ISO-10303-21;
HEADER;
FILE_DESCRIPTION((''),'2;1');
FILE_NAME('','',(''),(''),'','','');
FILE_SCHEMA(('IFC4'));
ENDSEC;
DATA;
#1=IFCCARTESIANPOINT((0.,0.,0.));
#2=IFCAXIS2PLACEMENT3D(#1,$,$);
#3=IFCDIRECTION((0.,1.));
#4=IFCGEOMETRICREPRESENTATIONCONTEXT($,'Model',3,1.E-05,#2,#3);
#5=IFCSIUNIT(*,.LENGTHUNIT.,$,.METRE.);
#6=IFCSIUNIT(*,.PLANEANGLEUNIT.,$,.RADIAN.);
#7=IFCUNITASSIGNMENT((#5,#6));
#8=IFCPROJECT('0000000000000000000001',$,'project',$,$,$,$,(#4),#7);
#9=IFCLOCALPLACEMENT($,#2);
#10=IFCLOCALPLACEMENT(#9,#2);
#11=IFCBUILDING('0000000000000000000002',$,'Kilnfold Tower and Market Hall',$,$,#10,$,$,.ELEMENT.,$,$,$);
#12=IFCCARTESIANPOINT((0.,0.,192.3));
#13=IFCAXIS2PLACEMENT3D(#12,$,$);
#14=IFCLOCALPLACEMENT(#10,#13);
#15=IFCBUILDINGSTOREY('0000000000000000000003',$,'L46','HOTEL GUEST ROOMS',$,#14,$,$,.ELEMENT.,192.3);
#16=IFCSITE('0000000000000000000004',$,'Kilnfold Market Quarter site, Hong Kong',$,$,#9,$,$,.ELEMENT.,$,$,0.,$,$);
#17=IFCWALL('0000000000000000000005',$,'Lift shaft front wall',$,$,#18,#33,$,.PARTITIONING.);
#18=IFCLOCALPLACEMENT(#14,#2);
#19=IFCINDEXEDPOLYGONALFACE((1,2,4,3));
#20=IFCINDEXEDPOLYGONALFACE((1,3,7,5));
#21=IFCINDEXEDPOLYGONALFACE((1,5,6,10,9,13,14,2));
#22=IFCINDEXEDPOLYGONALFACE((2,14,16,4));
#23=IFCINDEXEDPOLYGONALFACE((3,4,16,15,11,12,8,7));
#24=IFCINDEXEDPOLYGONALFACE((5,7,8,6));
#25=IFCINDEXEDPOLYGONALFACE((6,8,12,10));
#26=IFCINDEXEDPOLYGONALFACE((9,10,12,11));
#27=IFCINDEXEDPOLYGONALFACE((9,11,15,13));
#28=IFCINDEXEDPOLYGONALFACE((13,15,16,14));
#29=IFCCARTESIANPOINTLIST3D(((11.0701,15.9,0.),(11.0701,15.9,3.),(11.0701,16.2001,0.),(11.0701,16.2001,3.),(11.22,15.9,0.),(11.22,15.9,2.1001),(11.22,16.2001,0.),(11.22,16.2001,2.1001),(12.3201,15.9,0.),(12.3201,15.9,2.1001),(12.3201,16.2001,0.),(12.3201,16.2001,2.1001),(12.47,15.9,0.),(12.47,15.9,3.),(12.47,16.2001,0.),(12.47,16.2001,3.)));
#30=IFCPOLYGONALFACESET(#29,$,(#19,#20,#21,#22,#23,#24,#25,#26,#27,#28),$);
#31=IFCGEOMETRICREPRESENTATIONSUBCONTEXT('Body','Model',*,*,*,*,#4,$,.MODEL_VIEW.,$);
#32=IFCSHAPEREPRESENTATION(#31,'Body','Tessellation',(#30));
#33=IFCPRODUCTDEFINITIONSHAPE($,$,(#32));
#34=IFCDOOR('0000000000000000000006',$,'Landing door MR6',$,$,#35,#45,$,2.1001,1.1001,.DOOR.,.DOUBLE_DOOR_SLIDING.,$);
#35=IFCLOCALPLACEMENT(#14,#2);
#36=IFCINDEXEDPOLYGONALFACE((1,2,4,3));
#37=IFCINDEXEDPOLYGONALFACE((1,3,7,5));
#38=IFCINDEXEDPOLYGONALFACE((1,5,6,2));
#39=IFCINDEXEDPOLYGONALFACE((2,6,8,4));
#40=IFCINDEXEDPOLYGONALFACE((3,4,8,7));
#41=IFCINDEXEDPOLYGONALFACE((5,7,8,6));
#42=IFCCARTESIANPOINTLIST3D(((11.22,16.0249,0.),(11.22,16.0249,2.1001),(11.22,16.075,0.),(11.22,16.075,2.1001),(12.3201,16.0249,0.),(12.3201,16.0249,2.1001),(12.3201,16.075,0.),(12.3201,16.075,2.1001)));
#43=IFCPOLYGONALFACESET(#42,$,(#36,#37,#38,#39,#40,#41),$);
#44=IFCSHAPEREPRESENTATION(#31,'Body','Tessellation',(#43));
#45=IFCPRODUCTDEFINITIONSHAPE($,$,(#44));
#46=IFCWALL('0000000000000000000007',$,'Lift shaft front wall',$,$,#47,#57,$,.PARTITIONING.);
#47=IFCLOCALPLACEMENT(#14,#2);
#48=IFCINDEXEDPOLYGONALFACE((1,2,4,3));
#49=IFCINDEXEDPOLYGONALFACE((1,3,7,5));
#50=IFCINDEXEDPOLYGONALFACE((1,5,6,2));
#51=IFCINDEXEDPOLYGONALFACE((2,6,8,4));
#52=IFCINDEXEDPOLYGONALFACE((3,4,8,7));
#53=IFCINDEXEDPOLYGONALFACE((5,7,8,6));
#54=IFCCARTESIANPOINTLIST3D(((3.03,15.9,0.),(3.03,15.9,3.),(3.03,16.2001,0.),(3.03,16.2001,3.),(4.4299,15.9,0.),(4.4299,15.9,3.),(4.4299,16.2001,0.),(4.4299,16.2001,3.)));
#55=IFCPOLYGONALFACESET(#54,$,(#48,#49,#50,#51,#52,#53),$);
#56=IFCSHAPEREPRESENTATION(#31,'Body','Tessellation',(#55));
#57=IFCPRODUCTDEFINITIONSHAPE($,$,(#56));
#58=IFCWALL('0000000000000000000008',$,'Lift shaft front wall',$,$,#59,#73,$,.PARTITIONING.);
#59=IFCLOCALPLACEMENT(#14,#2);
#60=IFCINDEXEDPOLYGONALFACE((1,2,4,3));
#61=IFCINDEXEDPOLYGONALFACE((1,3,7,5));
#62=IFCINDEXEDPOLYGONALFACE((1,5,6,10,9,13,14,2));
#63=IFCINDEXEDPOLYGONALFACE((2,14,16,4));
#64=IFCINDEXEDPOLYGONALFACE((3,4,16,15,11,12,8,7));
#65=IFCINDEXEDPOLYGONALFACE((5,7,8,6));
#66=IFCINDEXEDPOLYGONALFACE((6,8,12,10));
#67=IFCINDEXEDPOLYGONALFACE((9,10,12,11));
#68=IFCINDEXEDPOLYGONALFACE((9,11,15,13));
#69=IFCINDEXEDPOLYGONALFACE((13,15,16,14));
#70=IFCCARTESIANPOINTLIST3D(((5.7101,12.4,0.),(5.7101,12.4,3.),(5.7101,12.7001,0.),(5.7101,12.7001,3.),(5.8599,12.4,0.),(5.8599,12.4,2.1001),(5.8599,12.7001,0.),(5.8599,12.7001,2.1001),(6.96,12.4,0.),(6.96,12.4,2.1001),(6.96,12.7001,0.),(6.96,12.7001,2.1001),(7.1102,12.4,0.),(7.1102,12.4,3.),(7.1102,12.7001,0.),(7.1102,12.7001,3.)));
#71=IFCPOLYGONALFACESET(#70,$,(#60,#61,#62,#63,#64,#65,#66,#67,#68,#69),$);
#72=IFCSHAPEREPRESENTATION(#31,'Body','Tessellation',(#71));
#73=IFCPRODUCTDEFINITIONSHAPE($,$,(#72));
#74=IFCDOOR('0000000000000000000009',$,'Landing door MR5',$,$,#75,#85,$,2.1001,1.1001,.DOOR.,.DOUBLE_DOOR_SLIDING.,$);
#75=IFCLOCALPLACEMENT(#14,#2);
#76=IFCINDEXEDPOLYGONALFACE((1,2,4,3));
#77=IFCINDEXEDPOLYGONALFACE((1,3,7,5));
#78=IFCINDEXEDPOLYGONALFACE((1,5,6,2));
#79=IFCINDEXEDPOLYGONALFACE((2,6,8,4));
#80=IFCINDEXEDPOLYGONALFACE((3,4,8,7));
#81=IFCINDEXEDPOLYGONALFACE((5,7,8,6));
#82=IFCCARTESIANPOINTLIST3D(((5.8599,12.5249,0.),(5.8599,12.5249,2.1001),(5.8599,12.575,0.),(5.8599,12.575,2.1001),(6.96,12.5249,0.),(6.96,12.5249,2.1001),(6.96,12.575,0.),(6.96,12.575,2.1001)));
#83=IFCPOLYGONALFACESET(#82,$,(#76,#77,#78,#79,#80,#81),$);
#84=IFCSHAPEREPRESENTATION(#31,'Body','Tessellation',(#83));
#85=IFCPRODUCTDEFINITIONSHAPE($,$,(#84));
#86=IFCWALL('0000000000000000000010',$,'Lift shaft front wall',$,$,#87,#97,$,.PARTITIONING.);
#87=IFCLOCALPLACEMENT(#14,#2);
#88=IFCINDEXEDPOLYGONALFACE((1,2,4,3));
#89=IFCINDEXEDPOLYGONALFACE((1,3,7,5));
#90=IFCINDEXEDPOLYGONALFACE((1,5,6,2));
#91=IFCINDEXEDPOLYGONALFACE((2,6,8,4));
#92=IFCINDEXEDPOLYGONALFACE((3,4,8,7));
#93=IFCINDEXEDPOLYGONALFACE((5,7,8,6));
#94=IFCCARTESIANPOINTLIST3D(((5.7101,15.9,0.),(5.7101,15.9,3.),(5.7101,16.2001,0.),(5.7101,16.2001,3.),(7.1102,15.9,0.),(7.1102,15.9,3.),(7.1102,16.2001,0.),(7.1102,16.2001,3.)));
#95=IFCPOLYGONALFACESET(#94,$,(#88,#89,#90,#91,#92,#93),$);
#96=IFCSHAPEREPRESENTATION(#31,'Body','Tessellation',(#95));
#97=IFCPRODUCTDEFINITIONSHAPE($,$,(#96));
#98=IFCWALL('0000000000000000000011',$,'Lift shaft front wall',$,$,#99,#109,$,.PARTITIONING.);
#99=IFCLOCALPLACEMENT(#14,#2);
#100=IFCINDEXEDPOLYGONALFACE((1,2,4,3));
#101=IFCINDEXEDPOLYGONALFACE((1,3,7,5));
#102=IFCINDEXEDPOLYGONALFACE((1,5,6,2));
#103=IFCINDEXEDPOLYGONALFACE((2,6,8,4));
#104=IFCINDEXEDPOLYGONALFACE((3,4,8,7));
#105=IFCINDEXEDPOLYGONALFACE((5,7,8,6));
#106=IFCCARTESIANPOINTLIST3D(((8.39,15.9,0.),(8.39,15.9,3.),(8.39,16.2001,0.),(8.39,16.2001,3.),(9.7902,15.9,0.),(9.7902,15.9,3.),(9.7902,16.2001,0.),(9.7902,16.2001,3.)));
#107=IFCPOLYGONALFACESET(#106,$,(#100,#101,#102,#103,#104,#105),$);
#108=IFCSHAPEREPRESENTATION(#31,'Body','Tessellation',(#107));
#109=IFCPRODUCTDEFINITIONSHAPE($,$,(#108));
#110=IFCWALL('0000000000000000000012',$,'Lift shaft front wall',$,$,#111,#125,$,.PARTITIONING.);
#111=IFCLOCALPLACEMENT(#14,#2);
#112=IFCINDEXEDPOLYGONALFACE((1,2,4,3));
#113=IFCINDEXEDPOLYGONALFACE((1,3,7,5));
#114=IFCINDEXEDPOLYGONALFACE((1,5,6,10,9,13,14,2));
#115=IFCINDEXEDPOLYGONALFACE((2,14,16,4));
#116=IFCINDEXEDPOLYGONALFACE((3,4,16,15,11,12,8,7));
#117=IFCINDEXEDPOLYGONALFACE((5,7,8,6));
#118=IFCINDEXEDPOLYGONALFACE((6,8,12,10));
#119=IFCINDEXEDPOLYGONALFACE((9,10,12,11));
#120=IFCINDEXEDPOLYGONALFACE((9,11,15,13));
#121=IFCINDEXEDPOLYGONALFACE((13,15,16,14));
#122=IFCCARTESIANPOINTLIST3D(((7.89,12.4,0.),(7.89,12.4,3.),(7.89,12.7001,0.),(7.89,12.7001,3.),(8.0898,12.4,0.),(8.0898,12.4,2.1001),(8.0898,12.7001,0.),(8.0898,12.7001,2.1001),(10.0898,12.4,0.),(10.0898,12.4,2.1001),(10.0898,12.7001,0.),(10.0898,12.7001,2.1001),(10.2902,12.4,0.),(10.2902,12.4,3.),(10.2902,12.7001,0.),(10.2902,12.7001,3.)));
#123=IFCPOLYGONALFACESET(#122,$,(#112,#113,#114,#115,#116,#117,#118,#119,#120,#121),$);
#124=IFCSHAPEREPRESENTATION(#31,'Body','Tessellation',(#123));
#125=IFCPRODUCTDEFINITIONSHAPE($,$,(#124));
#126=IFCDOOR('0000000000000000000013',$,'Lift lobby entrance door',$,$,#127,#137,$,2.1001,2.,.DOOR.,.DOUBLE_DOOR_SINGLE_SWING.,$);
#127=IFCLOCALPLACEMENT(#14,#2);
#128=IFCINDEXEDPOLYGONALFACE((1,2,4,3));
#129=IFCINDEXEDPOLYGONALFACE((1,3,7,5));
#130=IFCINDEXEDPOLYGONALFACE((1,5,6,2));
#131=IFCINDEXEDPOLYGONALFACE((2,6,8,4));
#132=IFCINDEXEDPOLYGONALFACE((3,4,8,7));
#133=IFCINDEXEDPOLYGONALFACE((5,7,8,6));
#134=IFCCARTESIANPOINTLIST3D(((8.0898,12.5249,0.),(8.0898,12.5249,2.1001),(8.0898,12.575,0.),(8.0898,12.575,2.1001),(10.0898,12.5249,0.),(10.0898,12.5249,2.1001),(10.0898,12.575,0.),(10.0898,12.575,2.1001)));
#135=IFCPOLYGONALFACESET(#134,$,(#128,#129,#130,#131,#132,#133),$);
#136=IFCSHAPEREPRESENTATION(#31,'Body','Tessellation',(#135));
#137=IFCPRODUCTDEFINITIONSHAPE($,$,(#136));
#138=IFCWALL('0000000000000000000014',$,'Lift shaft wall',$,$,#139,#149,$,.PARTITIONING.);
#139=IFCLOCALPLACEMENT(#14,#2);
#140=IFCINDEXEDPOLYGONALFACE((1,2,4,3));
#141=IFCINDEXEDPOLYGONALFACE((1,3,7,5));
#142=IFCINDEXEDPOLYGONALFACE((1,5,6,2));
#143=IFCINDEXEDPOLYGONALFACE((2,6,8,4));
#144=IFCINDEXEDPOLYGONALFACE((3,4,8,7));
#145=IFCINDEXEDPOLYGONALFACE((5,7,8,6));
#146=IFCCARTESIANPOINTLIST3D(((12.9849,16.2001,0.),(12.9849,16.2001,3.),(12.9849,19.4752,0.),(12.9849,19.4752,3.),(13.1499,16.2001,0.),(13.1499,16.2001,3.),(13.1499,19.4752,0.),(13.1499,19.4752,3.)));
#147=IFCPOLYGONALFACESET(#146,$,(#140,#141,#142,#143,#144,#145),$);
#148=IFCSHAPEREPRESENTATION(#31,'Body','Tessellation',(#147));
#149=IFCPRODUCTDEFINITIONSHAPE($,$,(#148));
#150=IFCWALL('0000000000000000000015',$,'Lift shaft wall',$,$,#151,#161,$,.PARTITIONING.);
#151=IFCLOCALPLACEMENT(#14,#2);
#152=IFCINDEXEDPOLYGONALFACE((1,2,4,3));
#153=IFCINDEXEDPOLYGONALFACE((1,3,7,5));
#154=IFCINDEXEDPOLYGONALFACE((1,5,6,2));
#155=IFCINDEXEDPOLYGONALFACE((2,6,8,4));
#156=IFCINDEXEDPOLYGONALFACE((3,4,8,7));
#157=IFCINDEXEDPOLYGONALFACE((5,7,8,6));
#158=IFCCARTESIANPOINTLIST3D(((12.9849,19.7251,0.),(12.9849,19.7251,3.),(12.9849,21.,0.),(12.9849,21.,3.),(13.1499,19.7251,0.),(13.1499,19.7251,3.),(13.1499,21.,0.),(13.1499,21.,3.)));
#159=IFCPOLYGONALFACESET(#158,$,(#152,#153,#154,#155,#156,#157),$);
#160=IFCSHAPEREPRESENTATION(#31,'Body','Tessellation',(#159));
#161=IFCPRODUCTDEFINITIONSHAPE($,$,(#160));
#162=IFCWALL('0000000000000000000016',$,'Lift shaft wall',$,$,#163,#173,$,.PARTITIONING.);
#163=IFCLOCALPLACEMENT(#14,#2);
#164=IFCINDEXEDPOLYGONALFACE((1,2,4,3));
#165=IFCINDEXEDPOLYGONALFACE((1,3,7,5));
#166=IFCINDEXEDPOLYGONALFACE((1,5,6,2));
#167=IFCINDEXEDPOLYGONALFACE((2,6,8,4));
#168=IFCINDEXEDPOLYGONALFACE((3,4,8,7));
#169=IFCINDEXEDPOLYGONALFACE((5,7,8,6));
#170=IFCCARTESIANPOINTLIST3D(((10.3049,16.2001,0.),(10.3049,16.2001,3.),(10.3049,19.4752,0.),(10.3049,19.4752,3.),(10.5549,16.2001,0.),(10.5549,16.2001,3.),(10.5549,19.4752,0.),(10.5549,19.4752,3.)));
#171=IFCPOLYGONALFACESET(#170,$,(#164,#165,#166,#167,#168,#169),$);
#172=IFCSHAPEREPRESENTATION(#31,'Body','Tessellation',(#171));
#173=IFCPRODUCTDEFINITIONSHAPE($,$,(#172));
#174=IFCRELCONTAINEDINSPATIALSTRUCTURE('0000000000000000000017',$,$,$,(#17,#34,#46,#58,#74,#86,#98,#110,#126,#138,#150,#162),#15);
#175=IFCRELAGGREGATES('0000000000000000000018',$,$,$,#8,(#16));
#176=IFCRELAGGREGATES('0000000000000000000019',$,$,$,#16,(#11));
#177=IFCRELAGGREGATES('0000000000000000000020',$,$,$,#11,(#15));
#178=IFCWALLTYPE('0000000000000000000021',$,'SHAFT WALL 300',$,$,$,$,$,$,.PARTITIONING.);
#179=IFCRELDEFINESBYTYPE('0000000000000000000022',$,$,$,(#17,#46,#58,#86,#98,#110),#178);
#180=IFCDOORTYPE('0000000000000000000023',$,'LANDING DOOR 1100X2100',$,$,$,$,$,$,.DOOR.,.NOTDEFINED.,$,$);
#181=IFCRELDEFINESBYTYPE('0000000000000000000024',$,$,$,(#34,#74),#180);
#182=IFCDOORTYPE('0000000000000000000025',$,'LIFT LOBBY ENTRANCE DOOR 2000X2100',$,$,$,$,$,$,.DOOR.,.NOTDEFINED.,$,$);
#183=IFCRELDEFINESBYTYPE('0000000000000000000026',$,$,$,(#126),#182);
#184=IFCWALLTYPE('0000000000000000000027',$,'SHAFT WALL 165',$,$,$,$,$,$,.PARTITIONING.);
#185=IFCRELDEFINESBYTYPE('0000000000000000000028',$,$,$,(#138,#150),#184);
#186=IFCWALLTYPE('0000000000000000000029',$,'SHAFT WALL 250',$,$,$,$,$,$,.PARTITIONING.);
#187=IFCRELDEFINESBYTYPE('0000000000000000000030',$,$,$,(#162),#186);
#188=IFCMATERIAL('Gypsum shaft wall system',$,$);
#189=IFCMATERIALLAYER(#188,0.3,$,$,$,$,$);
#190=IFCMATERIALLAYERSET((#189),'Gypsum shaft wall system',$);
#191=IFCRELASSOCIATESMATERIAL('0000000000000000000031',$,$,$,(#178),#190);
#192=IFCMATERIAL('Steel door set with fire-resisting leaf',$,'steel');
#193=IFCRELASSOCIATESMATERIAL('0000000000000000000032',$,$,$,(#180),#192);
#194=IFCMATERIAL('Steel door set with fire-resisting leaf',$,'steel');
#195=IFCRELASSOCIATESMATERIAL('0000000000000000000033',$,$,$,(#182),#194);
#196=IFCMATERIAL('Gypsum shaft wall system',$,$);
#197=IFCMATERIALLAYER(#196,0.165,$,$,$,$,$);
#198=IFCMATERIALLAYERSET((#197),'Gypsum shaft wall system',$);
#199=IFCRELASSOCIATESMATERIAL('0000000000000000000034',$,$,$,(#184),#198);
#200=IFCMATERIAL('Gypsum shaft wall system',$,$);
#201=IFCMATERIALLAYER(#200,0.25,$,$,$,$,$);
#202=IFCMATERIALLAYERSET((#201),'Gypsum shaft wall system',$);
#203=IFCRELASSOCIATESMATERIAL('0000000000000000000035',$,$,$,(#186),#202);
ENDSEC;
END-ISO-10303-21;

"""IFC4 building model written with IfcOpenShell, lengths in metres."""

from ifc_helpers import new_model, si_unit, direction, frame, frame_2d, origin, place, context, subcontext, project, spatial, rectangle, extrude, source, transform, mapped, material, layer, layer_set, type_object, element, fill, save


model = new_model("IFC4")

# Units and contexts
model_context = context("Model", 3, precision=1e-05, world=origin(), true_north=direction((0.0, 1.0)))
body_context = subcontext(model_context, "Body", "Model", "MODEL_VIEW")
ifc_project = project(units=[si_unit("LENGTHUNIT", "METRE"), si_unit("PLANEANGLEUNIT", "RADIAN")], contexts=[model_context])

# Site, building, storey
site_placement = place(None, origin())
site = spatial("IfcSite", under=ifc_project, at=site_placement, Name="Kilnfold Market Quarter site, Hong Kong", CompositionType="ELEMENT", RefElevation=0.0)
building_placement = place(site_placement, origin())
building = spatial("IfcBuilding", under=site, at=building_placement, Name="Kilnfold Tower and Market Hall", CompositionType="ELEMENT")
storey_placement = place(building_placement, frame((0.0, 0.0, 192.3)))
storey = spatial("IfcBuildingStorey", under=building, at=storey_placement, Name="L46", Description="HOTEL GUEST ROOMS", CompositionType="ELEMENT", Elevation=192.3)

# Wall, opening, door
ifc_material_1 = material(Name="Gypsum shaft wall system")
ifc_layer_1 = layer(ifc_material_1, 0.3)
ifc_layer_set_1 = layer_set([ifc_layer_1], Name="Gypsum shaft wall system")
wall_type_1 = type_object("IfcWallType", Name="SHAFT WALL 300", PredefinedType="PARTITIONING", material=ifc_layer_set_1)
shared_shape_1 = source(origin(), body_context, "Body", "SweptSolid", [
    extrude(rectangle(XDim=1.3999, YDim=0.3, at=frame_2d((0.7, 0.0))), origin(), (0.0, 0.0, 1.0), 3.0),
])
wall_1_placement = place(storey_placement, frame((11.0701, 16.05, 0.0), z_axis=(0.0, 0.0, 1.0), x_axis=(1.0, 0.0, 0.0)))
wall_1 = element("IfcWall", 1, at=wall_1_placement, inside=storey, type_object=wall_type_1, Name="Lift shaft front wall", PredefinedType="PARTITIONING", context=body_context, shape_type="MappedRepresentation", body=[
    mapped(shared_shape_1, transform((0.0, 0.0, 0.0))),
])
opening_1_placement = place(wall_1_placement, frame((0.1499, 0.0, 0.0)))
opening_1 = element("IfcOpeningElement", 2, at=opening_1_placement, cuts=wall_1, PredefinedType="OPENING", context=body_context, shape_type="SweptSolid", body=[
    extrude(rectangle(XDim=1.1001, YDim=2.1001, at=frame_2d((0.55, 1.05))), frame((0.0, 0.1602, 0.0), z_axis=(0.0, -1.0, 0.0), x_axis=(1.0, 0.0, 0.0)), (0.0, 0.0, 1.0), 0.3201),
])
ifc_material_2 = material(Name="Steel door set with fire-resisting leaf", Category="steel")
door_type_1 = type_object("IfcDoorType", Name="LANDING DOOR 1100X2100", OperationType="NOTDEFINED", PredefinedType="DOOR", material=ifc_material_2)
door_1_placement = place(opening_1_placement, origin())
door_1 = element("IfcDoor", 3, at=door_1_placement, inside=storey, type_object=door_type_1, Name="Landing door MR6", OperationType="DOUBLE_DOOR_SLIDING", OverallHeight=2.1001, OverallWidth=1.1001, PredefinedType="DOOR", context=body_context, shape_type="SweptSolid", body=[
    extrude(rectangle(XDim=1.1001, YDim=2.1001, at=frame_2d((0.55, 1.05))), frame((0.0, 0.0249, 0.0), z_axis=(0.0, -1.0, 0.0), x_axis=(1.0, 0.0, 0.0)), (0.0, 0.0, 1.0), 0.05),
])
fill(opening_1, door_1)

# Wall
wall_2_placement = place(storey_placement, frame((3.03, 16.05, 0.0), z_axis=(0.0, 0.0, 1.0), x_axis=(1.0, 0.0, 0.0)))
element("IfcWall", 4, at=wall_2_placement, inside=storey, type_object=wall_type_1, Name="Lift shaft front wall", PredefinedType="PARTITIONING", context=body_context, shape_type="MappedRepresentation", body=[
    mapped(shared_shape_1, transform((0.0, 0.0, 0.0))),
])

# Wall, opening, door
shared_shape_2 = source(origin(), body_context, "Body", "SweptSolid", [
    extrude(rectangle(XDim=1.4001, YDim=0.3, at=frame_2d((0.7002, 0.0))), origin(), (0.0, 0.0, 1.0), 3.0),
])
wall_3_placement = place(storey_placement, frame((5.71, 12.55, 0.0), z_axis=(0.0, 0.0, 1.0), x_axis=(1.0, 0.0, 0.0)))
wall_3 = element("IfcWall", 5, at=wall_3_placement, inside=storey, type_object=wall_type_1, Name="Lift shaft front wall", PredefinedType="PARTITIONING", context=body_context, shape_type="MappedRepresentation", body=[
    mapped(shared_shape_2, transform((0.0, 0.0, 0.0))),
])
opening_2_placement = place(wall_3_placement, frame((0.1499, 0.0, 0.0)))
opening_2 = element("IfcOpeningElement", 6, at=opening_2_placement, cuts=wall_3, PredefinedType="OPENING", context=body_context, shape_type="SweptSolid", body=[
    extrude(rectangle(XDim=1.1001, YDim=2.1001, at=frame_2d((0.55, 1.05))), frame((0.0, 0.1602, 0.0), z_axis=(0.0, -1.0, 0.0), x_axis=(1.0, 0.0, 0.0)), (0.0, 0.0, 1.0), 0.3201),
])
door_2_placement = place(opening_2_placement, origin())
door_2 = element("IfcDoor", 7, at=door_2_placement, inside=storey, type_object=door_type_1, Name="Landing door MR5", OperationType="DOUBLE_DOOR_SLIDING", OverallHeight=2.1001, OverallWidth=1.1001, PredefinedType="DOOR", context=body_context, shape_type="SweptSolid", body=[
    extrude(rectangle(XDim=1.1001, YDim=2.1001, at=frame_2d((0.55, 1.05))), frame((0.0, 0.0249, 0.0), z_axis=(0.0, -1.0, 0.0), x_axis=(1.0, 0.0, 0.0)), (0.0, 0.0, 1.0), 0.05),
])
fill(opening_2, door_2)

# Walls
for number, where, z_axis, x_axis, name in (
    (8, (5.71, 16.05, 0.0), (0.0, 0.0, 1.0), (1.0, 0.0, 0.0), "Lift shaft front wall"),
    (9, (8.3899, 16.05, 0.0), (0.0, 0.0, 1.0), (1.0, 0.0, 0.0), "Lift shaft front wall"),
):
    element("IfcWall", number, at=place(storey_placement, frame(where, z_axis=z_axis, x_axis=x_axis)), inside=storey, type_object=wall_type_1, Name=name, PredefinedType="PARTITIONING", context=body_context, shape_type="MappedRepresentation", body=[
        mapped(shared_shape_2, transform((0.0, 0.0, 0.0))),
    ])

# Wall, opening, door
shared_shape_3 = source(origin(), body_context, "Body", "SweptSolid", [
    extrude(rectangle(XDim=2.4001, YDim=0.3, at=frame_2d((1.2002, 0.0))), origin(), (0.0, 0.0, 1.0), 3.0),
])
wall_4_placement = place(storey_placement, frame((7.8899, 12.55, 0.0), z_axis=(0.0, 0.0, 1.0), x_axis=(1.0, 0.0, 0.0)))
wall_4 = element("IfcWall", 10, at=wall_4_placement, inside=storey, type_object=wall_type_1, Name="Lift shaft front wall", PredefinedType="PARTITIONING", context=body_context, shape_type="MappedRepresentation", body=[
    mapped(shared_shape_3, transform((0.0, 0.0, 0.0))),
])
opening_3_placement = place(wall_4_placement, frame((0.2, 0.0, 0.0)))
opening_3 = element("IfcOpeningElement", 11, at=opening_3_placement, cuts=wall_4, PredefinedType="OPENING", context=body_context, shape_type="SweptSolid", body=[
    extrude(rectangle(XDim=2.0, YDim=2.1001, at=frame_2d((1.0, 1.05))), frame((0.0, 0.1602, 0.0), z_axis=(0.0, -1.0, 0.0), x_axis=(1.0, 0.0, 0.0)), (0.0, 0.0, 1.0), 0.3201),
])
ifc_material_3 = material(Name="Steel door set with fire-resisting leaf", Category="steel")
door_type_2 = type_object("IfcDoorType", Name="LIFT LOBBY ENTRANCE DOOR 2000X2100", OperationType="NOTDEFINED", PredefinedType="DOOR", material=ifc_material_3)
door_3_placement = place(opening_3_placement, origin())
door_3 = element("IfcDoor", 12, at=door_3_placement, inside=storey, type_object=door_type_2, Name="Lift lobby entrance door", OperationType="DOUBLE_DOOR_SINGLE_SWING", OverallHeight=2.1001, OverallWidth=2.0, PredefinedType="DOOR", context=body_context, shape_type="SweptSolid", body=[
    extrude(rectangle(XDim=2.0, YDim=2.1001, at=frame_2d((1.0, 1.05))), frame((0.0, 0.0249, 0.0), z_axis=(0.0, -1.0, 0.0), x_axis=(1.0, 0.0, 0.0)), (0.0, 0.0, 1.0), 0.05),
])
fill(opening_3, door_3)

# Walls
ifc_material_4 = material(Name="Gypsum shaft wall system")
ifc_layer_2 = layer(ifc_material_4, 0.165)
ifc_layer_set_2 = layer_set([ifc_layer_2], Name="Gypsum shaft wall system")
wall_type_2 = type_object("IfcWallType", Name="SHAFT WALL 165", PredefinedType="PARTITIONING", material=ifc_layer_set_2)
shared_shape_4 = source(origin(), body_context, "Body", "SweptSolid", [
    extrude(rectangle(XDim=3.2751, YDim=0.165, at=frame_2d((1.6377, 0.0))), origin(), (0.0, 0.0, 1.0), 3.0),
])
wall_5_placement = place(storey_placement, frame((13.0674, 16.2, 0.0), z_axis=(0.0, 0.0, 1.0), x_axis=(0.0, 1.0, 0.0)))
element("IfcWall", 13, at=wall_5_placement, inside=storey, type_object=wall_type_2, Name="Lift shaft wall", PredefinedType="PARTITIONING", context=body_context, shape_type="MappedRepresentation", body=[
    mapped(shared_shape_4, transform((0.0, 0.0, 0.0))),
])
shared_shape_5 = source(origin(), body_context, "Body", "SweptSolid", [
    extrude(rectangle(XDim=1.2749, YDim=0.165, at=frame_2d((0.6375, 0.0))), origin(), (0.0, 0.0, 1.0), 3.0),
])
wall_6_placement = place(storey_placement, frame((13.0674, 19.7251, 0.0), z_axis=(0.0, 0.0, 1.0), x_axis=(0.0, 1.0, 0.0)))
element("IfcWall", 14, at=wall_6_placement, inside=storey, type_object=wall_type_2, Name="Lift shaft wall", PredefinedType="PARTITIONING", context=body_context, shape_type="MappedRepresentation", body=[
    mapped(shared_shape_5, transform((0.0, 0.0, 0.0))),
])
ifc_material_5 = material(Name="Gypsum shaft wall system")
ifc_layer_3 = layer(ifc_material_5, 0.25)
ifc_layer_set_3 = layer_set([ifc_layer_3], Name="Gypsum shaft wall system")
wall_type_3 = type_object("IfcWallType", Name="SHAFT WALL 250", PredefinedType="PARTITIONING", material=ifc_layer_set_3)
shared_shape_6 = source(origin(), body_context, "Body", "SweptSolid", [
    extrude(rectangle(XDim=3.2751, YDim=0.25, at=frame_2d((1.6377, 0.0))), origin(), (0.0, 0.0, 1.0), 3.0),
])
for number, where, z_axis, x_axis, name in (
    (15, (10.4299, 16.2, 0.0), (0.0, 0.0, 1.0), (0.0, 1.0, 0.0), "Lift shaft wall"),
):
    element("IfcWall", number, at=place(storey_placement, frame(where, z_axis=z_axis, x_axis=x_axis)), inside=storey, type_object=wall_type_3, Name=name, PredefinedType="PARTITIONING", context=body_context, shape_type="MappedRepresentation", body=[
        mapped(shared_shape_6, transform((0.0, 0.0, 0.0))),
    ])

save(model, "model.ifc")
